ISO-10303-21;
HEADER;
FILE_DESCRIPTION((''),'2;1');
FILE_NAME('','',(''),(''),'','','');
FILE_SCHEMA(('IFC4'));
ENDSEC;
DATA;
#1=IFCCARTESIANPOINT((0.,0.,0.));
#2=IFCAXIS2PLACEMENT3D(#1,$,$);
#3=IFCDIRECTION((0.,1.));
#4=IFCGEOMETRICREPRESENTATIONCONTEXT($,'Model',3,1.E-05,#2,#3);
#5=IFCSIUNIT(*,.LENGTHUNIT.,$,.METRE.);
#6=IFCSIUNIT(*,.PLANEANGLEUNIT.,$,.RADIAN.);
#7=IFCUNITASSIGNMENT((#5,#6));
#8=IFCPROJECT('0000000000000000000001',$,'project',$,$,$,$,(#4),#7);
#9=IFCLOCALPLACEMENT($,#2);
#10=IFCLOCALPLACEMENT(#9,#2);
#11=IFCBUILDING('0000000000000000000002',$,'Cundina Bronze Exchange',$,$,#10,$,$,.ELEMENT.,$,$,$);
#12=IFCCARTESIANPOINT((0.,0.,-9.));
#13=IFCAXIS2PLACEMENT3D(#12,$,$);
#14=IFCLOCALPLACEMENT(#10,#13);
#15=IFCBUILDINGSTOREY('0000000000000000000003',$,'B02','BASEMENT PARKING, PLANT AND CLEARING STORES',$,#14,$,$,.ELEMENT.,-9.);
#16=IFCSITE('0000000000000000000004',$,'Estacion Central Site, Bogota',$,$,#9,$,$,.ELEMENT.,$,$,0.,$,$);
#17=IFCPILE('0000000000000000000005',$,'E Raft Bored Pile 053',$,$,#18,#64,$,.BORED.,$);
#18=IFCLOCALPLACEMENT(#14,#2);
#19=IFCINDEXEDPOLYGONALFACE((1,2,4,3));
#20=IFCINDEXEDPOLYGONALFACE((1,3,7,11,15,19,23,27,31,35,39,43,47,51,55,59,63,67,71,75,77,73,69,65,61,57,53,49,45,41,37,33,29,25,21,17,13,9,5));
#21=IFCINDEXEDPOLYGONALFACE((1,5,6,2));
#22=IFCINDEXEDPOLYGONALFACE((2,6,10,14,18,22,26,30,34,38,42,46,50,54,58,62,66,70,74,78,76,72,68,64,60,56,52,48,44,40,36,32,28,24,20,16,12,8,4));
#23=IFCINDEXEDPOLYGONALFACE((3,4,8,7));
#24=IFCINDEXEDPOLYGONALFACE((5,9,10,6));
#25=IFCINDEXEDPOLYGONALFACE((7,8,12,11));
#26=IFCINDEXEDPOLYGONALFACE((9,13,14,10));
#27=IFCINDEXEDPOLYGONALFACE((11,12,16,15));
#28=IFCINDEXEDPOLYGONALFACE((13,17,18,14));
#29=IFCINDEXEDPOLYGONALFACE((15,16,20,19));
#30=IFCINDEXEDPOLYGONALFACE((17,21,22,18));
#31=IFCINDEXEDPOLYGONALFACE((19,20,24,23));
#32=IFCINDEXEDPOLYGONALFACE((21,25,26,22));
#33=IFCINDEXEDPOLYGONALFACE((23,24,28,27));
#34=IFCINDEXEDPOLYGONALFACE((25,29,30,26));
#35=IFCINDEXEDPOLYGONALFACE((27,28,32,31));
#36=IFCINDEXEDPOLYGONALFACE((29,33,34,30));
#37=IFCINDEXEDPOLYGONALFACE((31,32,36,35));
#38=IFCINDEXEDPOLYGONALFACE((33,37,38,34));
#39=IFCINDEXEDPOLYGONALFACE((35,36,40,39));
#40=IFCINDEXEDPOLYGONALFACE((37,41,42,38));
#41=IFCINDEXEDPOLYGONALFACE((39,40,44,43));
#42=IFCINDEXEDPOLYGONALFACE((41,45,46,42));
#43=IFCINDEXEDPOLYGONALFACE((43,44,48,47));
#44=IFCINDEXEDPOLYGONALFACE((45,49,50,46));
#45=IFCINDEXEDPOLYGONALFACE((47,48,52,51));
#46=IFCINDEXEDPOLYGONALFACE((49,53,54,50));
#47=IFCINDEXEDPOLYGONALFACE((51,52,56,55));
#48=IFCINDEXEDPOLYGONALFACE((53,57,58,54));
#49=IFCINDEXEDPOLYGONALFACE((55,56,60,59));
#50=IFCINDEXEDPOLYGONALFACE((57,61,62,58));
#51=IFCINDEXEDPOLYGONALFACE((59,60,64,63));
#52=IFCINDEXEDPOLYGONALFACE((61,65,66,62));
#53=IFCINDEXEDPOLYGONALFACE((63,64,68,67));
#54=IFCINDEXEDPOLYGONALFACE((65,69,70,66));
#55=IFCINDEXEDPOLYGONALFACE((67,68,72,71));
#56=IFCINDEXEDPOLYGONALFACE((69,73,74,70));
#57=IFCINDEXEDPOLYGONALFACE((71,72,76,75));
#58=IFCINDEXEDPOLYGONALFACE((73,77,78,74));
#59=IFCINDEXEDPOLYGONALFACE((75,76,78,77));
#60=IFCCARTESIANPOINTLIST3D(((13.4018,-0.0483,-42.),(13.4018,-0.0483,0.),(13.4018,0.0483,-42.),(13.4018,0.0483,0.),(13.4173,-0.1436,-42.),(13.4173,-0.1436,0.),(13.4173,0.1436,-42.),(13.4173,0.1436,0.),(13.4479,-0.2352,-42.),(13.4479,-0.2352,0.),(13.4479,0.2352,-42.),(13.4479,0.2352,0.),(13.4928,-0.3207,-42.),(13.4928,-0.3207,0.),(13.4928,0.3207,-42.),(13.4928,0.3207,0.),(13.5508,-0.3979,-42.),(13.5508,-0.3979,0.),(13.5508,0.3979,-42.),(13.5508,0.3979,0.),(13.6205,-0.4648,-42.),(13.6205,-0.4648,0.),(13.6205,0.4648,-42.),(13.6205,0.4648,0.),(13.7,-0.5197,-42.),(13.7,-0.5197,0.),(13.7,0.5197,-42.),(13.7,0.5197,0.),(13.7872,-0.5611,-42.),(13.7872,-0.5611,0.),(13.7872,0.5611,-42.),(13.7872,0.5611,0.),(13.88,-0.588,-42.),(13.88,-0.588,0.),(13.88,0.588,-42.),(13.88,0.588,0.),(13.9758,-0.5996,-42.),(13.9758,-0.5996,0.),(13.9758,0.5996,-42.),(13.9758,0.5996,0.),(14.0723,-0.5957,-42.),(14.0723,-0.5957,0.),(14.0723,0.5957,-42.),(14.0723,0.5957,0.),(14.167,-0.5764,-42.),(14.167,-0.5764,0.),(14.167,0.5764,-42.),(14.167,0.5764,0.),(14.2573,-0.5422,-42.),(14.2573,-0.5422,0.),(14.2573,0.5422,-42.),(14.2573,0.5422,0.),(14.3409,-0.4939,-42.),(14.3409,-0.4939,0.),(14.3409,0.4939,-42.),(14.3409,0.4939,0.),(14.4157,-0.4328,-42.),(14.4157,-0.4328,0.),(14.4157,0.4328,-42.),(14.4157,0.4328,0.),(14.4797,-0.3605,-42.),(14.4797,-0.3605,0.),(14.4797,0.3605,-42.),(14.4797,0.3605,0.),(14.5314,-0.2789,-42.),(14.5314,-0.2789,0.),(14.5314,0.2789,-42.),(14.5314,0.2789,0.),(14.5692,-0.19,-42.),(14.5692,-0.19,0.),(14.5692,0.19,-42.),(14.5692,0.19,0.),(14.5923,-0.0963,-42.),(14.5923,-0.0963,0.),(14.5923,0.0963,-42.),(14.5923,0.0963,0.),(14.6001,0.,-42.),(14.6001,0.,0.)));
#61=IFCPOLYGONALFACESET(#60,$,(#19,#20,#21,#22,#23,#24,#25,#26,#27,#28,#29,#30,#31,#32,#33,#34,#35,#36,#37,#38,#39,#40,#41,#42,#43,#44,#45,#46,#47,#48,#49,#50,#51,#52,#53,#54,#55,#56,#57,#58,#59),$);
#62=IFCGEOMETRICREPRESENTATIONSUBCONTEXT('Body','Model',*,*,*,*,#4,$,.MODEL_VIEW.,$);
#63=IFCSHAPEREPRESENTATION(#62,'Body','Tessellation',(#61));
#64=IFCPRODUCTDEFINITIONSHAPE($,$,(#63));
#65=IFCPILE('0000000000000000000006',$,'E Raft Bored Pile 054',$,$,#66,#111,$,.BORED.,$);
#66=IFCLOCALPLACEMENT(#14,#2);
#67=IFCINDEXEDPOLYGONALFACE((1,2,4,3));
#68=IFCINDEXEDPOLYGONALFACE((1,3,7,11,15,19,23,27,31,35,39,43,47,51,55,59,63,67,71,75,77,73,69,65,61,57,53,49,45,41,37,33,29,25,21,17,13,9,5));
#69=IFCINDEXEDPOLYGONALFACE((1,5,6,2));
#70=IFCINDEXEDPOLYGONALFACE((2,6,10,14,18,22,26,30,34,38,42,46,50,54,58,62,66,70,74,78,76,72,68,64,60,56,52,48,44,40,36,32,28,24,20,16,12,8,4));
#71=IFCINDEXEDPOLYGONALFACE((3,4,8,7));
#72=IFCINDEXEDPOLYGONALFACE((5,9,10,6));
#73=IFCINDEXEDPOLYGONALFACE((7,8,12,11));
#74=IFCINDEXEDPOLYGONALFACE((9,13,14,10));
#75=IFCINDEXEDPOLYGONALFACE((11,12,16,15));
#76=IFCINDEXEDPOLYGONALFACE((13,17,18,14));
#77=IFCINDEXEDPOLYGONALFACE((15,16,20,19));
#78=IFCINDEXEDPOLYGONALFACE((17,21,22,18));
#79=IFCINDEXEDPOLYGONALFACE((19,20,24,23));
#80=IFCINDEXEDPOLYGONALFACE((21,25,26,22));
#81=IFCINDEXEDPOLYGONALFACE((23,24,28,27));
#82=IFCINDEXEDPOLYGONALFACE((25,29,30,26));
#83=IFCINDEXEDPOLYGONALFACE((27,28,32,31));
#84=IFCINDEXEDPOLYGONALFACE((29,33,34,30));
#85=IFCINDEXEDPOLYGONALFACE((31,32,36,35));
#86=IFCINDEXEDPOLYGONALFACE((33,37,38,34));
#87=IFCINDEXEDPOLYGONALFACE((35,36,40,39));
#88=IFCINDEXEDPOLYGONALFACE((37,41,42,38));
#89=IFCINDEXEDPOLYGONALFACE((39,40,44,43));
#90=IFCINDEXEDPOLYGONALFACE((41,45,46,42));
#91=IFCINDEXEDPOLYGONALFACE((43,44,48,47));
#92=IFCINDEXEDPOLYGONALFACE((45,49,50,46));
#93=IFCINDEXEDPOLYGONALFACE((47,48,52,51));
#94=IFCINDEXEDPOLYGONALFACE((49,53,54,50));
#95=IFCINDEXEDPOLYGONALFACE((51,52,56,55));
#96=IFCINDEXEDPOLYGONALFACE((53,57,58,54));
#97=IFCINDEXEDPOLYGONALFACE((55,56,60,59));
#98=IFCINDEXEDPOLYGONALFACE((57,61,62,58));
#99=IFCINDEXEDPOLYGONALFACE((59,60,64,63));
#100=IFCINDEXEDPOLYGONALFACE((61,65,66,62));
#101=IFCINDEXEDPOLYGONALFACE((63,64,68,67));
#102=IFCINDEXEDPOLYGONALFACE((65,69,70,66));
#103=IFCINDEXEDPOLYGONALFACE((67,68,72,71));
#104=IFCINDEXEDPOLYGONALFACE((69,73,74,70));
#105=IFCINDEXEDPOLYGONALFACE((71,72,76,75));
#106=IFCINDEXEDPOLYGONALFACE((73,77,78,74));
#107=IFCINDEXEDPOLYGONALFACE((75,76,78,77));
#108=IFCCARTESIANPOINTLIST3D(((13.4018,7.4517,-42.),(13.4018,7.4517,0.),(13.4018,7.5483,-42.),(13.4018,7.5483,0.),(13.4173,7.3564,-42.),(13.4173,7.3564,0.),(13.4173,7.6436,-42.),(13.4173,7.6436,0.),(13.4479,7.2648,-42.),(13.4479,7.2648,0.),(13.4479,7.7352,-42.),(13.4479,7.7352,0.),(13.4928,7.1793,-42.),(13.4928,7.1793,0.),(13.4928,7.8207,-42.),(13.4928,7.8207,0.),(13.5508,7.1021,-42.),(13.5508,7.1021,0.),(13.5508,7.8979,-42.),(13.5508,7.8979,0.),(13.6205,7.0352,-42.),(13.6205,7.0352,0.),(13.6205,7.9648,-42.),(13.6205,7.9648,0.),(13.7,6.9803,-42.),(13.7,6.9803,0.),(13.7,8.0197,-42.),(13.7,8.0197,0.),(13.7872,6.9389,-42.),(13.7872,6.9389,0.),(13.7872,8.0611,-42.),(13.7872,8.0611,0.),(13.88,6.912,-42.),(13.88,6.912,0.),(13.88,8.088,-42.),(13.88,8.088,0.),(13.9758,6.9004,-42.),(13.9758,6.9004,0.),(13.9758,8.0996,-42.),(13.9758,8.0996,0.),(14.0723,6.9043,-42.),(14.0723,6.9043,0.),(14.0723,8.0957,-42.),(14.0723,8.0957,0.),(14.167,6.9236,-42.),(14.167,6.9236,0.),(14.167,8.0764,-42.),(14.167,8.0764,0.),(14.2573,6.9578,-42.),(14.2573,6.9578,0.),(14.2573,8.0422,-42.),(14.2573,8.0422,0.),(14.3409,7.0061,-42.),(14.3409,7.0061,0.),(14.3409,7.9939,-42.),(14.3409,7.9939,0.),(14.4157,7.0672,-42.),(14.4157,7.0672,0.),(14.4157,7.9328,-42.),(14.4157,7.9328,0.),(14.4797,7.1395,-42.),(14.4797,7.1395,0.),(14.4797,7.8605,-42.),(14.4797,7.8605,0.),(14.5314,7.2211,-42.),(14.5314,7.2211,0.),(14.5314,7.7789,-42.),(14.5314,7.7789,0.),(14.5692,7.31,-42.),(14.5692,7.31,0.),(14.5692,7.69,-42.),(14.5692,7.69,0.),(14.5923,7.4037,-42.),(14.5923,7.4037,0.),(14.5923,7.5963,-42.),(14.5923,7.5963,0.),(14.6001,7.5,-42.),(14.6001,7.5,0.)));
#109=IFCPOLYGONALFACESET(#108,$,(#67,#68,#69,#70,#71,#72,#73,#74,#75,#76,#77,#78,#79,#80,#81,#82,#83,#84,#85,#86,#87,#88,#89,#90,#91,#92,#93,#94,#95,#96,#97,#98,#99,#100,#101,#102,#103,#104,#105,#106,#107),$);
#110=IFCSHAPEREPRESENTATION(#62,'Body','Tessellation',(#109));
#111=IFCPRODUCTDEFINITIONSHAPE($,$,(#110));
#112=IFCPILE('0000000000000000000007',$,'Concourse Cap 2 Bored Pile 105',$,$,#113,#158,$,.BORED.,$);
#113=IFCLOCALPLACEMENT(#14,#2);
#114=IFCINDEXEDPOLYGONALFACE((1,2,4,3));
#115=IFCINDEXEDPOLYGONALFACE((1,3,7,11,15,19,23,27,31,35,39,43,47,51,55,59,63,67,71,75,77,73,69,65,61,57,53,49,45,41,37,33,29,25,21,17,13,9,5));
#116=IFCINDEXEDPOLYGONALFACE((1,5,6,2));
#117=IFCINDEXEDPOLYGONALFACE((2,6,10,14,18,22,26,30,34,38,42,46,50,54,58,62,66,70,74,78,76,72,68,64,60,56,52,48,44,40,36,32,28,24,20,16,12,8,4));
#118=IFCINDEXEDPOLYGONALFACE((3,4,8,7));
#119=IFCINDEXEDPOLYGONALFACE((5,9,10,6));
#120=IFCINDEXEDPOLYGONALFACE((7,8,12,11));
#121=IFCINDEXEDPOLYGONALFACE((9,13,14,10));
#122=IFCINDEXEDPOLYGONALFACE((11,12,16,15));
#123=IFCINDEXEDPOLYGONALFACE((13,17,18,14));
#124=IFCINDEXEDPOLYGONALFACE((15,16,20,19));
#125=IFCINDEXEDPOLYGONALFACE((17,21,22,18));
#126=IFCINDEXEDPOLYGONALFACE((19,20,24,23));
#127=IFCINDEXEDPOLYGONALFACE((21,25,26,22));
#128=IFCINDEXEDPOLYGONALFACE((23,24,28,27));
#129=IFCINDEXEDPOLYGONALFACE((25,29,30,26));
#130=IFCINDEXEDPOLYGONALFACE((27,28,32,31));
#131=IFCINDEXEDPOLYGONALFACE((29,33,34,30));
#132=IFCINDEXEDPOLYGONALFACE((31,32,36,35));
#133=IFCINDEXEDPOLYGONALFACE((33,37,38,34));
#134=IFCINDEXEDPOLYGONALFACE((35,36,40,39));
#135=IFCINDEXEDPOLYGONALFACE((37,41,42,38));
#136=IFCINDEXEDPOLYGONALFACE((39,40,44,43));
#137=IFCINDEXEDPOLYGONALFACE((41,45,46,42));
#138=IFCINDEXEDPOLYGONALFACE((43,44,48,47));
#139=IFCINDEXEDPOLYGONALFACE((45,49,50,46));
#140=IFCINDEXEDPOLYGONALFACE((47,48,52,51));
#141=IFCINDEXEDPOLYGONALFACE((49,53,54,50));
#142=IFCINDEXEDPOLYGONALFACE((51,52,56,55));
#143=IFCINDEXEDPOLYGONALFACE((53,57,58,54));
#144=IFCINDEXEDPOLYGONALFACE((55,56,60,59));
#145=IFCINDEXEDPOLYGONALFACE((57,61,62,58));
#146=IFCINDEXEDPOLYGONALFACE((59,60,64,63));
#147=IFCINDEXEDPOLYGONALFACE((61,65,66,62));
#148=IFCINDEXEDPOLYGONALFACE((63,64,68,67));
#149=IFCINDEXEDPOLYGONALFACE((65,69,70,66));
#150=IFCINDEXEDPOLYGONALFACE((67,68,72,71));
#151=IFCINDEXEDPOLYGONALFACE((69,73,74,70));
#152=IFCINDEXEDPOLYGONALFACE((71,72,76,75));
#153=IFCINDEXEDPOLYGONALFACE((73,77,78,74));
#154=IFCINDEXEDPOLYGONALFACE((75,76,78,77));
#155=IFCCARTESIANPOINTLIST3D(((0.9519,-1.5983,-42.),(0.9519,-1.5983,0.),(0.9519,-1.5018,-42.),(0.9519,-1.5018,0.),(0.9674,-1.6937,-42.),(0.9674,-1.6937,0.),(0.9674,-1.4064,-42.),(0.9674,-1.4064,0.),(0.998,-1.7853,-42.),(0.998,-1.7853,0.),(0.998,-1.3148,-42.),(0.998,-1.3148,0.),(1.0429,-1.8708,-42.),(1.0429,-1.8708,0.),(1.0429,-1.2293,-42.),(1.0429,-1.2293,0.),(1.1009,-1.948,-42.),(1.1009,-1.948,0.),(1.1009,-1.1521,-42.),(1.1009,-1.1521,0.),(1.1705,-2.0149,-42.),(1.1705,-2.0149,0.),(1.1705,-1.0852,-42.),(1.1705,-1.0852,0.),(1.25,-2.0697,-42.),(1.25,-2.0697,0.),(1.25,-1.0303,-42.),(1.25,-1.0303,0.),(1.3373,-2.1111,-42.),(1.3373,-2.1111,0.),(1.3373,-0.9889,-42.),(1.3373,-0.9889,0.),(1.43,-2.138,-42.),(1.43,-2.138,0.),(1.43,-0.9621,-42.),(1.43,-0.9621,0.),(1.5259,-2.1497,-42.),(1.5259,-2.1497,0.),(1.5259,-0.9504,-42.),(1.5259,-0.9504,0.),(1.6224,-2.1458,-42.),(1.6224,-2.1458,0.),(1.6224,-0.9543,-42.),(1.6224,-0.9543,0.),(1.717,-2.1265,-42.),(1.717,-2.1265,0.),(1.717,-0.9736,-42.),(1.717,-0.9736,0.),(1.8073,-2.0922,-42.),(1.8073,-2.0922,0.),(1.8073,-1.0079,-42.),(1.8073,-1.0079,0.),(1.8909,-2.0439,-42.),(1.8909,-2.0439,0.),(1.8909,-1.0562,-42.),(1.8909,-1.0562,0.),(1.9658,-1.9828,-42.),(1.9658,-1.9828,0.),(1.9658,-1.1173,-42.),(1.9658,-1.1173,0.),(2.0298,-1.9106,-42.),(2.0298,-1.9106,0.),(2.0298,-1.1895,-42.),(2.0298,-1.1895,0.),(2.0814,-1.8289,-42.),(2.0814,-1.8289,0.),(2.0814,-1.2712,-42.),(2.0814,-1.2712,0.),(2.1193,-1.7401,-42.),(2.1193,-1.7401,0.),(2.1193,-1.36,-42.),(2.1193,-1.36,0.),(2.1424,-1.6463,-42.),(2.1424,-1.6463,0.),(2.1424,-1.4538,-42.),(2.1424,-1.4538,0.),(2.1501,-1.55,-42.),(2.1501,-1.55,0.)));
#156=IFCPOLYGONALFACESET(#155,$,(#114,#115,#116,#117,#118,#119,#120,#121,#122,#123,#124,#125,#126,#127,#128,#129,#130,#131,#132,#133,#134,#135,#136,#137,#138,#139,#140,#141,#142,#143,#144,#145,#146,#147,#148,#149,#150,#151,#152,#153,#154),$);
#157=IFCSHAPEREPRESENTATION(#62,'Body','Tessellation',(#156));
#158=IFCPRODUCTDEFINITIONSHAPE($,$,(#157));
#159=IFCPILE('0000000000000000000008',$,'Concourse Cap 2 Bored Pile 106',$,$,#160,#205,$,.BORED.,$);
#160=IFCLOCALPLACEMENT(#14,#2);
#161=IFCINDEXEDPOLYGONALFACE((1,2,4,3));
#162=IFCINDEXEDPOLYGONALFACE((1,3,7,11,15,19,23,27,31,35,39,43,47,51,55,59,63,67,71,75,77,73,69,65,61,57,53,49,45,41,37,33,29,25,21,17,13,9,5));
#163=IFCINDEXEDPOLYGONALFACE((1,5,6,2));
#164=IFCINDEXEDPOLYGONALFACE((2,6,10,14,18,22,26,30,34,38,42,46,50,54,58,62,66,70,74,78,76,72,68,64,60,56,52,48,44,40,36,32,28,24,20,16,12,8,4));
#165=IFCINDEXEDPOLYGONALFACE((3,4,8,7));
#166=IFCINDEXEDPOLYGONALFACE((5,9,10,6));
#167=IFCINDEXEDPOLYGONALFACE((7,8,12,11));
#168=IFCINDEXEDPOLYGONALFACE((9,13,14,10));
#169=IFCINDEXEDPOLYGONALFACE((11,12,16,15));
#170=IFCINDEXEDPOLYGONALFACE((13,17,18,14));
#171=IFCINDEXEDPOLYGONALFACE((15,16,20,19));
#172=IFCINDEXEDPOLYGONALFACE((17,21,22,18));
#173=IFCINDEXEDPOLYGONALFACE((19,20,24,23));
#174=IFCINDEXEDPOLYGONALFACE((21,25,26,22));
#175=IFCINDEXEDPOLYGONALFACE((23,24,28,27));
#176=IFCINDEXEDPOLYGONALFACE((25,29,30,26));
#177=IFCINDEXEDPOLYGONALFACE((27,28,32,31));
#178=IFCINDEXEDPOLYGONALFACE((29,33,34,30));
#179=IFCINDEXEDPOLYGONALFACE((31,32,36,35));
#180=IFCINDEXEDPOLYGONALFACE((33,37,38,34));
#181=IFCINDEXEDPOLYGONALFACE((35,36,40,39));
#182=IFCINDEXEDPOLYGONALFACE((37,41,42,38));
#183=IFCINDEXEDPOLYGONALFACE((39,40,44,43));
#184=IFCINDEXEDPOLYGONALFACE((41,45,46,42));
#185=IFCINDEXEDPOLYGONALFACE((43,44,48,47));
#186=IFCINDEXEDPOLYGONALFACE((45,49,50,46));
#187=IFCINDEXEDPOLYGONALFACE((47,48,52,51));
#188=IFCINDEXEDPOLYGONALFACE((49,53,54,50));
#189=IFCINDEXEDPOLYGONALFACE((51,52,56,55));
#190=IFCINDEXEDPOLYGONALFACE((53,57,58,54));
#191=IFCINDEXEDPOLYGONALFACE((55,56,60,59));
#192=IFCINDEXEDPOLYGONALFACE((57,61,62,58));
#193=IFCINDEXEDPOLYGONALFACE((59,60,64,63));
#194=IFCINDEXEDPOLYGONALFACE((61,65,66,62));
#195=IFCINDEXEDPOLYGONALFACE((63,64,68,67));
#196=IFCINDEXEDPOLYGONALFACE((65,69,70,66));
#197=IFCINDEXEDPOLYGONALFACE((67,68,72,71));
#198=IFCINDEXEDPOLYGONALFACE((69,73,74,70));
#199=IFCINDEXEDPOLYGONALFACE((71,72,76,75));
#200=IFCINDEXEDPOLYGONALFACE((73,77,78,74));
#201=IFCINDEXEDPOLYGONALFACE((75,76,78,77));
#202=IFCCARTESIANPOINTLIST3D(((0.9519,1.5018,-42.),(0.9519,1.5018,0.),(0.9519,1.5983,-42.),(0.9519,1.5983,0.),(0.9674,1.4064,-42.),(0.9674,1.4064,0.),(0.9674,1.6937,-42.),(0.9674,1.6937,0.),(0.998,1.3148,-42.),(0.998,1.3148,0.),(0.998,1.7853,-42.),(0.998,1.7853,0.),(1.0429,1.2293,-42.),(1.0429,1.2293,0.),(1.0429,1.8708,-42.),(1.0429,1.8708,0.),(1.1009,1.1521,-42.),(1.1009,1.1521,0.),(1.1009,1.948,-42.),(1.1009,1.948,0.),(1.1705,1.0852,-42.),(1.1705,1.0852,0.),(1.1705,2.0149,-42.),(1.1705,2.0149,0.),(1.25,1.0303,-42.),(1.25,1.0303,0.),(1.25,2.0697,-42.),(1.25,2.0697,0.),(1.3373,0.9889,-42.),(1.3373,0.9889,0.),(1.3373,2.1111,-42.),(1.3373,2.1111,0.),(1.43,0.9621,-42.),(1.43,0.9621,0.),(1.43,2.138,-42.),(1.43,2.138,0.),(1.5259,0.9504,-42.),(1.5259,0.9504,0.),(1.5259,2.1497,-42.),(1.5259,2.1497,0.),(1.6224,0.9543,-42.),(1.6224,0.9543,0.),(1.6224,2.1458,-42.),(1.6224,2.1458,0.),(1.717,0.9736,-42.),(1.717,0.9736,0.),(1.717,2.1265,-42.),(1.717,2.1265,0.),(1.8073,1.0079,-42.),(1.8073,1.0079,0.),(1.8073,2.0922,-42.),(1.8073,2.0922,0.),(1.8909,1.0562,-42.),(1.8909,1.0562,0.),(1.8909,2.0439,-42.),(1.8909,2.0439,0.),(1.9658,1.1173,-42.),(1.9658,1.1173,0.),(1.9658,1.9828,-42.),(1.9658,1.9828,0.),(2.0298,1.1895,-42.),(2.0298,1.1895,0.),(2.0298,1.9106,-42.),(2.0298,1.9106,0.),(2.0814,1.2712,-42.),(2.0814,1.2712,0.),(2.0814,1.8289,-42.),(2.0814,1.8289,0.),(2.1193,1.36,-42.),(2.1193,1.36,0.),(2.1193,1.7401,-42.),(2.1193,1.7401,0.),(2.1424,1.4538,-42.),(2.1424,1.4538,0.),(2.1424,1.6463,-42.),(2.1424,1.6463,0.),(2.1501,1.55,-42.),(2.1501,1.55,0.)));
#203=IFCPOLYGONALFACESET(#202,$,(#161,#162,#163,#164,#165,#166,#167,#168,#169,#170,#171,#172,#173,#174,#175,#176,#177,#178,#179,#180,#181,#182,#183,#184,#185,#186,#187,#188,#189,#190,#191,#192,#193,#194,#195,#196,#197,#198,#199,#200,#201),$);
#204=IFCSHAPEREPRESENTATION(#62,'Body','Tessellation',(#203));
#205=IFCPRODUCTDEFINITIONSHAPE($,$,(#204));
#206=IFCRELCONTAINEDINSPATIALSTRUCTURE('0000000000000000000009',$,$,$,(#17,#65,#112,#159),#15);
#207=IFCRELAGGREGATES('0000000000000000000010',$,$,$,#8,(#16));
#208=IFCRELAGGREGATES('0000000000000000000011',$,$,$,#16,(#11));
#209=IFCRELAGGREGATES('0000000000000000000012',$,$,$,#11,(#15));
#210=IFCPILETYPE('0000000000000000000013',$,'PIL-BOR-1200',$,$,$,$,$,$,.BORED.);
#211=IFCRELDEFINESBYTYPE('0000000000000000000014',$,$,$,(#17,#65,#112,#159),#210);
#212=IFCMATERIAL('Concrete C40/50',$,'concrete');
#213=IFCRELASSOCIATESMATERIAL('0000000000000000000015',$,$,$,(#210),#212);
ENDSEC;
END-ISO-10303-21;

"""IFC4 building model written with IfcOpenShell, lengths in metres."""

from ifc_helpers import new_model, si_unit, direction, frame, origin, origin_2d, place, context, subcontext, project, spatial, circle, extrude, material, material_profile, profile_set, type_object, element, save


model = new_model("IFC4")

# Units and contexts
model_context = context("Model", 3, precision=1e-05, world=origin(), true_north=direction((0.0, 1.0)))
body_context = subcontext(model_context, "Body", "Model", "MODEL_VIEW")
ifc_project = project(units=[si_unit("LENGTHUNIT", "METRE"), si_unit("PLANEANGLEUNIT", "RADIAN")], contexts=[model_context])

# Site, building, storey
site_placement = place(None, origin())
site = spatial("IfcSite", under=ifc_project, at=site_placement, Name="Estacion Central Site, Bogota", CompositionType="ELEMENT", RefElevation=0.0)
building_placement = place(site_placement, origin())
building = spatial("IfcBuilding", under=site, at=building_placement, Name="Cundina Bronze Exchange", CompositionType="ELEMENT")
storey_placement = place(building_placement, frame((0.0, 0.0, -9.0)))
storey = spatial("IfcBuildingStorey", under=building, at=storey_placement, Name="B02", Description="BASEMENT PARKING, PLANT AND CLEARING STORES", CompositionType="ELEMENT", Elevation=-9.0)

# Piles
ifc_material_1 = material(Name="Concrete C40/50", Category="concrete")
ifc_material_profile_1 = material_profile(ifc_material_1, circle(Radius=0.6001, at=origin_2d()), Name="PILE1200D", Category="concrete")
ifc_profile_set_1 = profile_set([ifc_material_profile_1], Name="Concrete C40/50")
pile_type_1 = type_object("IfcPileType", Name="PIL-BOR-1200", PredefinedType="BORED", material=ifc_profile_set_1)
for number, where, z_axis, x_axis, name in (
    (1, (14.0, 0.0, 0.0), (0.0, 0.0, -1.0), (1.0, 0.0, 0.0), "E Raft Bored Pile 053"),
    (2, (14.0, 7.5, 0.0), (0.0, 0.0, -1.0), (1.0, 0.0, 0.0), "E Raft Bored Pile 054"),
    (3, (1.55, -1.55, 0.0), (0.0, 0.0, -1.0), (1.0, 0.0, 0.0), "Concourse Cap 2 Bored Pile 105"),
    (4, (1.55, 1.55, 0.0), (0.0, 0.0, -1.0), (1.0, 0.0, 0.0), "Concourse Cap 2 Bored Pile 106"),
):
    element("IfcPile", number, at=place(storey_placement, frame(where, z_axis=z_axis, x_axis=x_axis)), inside=storey, type_object=pile_type_1, Name=name, PredefinedType="BORED", context=body_context, shape_type="SweptSolid", body=[
        extrude(circle(Radius=0.6001, at=origin_2d()), origin(), (0.0, 0.0, 1.0), 42.0),
    ])

save(model, "model.ifc")
